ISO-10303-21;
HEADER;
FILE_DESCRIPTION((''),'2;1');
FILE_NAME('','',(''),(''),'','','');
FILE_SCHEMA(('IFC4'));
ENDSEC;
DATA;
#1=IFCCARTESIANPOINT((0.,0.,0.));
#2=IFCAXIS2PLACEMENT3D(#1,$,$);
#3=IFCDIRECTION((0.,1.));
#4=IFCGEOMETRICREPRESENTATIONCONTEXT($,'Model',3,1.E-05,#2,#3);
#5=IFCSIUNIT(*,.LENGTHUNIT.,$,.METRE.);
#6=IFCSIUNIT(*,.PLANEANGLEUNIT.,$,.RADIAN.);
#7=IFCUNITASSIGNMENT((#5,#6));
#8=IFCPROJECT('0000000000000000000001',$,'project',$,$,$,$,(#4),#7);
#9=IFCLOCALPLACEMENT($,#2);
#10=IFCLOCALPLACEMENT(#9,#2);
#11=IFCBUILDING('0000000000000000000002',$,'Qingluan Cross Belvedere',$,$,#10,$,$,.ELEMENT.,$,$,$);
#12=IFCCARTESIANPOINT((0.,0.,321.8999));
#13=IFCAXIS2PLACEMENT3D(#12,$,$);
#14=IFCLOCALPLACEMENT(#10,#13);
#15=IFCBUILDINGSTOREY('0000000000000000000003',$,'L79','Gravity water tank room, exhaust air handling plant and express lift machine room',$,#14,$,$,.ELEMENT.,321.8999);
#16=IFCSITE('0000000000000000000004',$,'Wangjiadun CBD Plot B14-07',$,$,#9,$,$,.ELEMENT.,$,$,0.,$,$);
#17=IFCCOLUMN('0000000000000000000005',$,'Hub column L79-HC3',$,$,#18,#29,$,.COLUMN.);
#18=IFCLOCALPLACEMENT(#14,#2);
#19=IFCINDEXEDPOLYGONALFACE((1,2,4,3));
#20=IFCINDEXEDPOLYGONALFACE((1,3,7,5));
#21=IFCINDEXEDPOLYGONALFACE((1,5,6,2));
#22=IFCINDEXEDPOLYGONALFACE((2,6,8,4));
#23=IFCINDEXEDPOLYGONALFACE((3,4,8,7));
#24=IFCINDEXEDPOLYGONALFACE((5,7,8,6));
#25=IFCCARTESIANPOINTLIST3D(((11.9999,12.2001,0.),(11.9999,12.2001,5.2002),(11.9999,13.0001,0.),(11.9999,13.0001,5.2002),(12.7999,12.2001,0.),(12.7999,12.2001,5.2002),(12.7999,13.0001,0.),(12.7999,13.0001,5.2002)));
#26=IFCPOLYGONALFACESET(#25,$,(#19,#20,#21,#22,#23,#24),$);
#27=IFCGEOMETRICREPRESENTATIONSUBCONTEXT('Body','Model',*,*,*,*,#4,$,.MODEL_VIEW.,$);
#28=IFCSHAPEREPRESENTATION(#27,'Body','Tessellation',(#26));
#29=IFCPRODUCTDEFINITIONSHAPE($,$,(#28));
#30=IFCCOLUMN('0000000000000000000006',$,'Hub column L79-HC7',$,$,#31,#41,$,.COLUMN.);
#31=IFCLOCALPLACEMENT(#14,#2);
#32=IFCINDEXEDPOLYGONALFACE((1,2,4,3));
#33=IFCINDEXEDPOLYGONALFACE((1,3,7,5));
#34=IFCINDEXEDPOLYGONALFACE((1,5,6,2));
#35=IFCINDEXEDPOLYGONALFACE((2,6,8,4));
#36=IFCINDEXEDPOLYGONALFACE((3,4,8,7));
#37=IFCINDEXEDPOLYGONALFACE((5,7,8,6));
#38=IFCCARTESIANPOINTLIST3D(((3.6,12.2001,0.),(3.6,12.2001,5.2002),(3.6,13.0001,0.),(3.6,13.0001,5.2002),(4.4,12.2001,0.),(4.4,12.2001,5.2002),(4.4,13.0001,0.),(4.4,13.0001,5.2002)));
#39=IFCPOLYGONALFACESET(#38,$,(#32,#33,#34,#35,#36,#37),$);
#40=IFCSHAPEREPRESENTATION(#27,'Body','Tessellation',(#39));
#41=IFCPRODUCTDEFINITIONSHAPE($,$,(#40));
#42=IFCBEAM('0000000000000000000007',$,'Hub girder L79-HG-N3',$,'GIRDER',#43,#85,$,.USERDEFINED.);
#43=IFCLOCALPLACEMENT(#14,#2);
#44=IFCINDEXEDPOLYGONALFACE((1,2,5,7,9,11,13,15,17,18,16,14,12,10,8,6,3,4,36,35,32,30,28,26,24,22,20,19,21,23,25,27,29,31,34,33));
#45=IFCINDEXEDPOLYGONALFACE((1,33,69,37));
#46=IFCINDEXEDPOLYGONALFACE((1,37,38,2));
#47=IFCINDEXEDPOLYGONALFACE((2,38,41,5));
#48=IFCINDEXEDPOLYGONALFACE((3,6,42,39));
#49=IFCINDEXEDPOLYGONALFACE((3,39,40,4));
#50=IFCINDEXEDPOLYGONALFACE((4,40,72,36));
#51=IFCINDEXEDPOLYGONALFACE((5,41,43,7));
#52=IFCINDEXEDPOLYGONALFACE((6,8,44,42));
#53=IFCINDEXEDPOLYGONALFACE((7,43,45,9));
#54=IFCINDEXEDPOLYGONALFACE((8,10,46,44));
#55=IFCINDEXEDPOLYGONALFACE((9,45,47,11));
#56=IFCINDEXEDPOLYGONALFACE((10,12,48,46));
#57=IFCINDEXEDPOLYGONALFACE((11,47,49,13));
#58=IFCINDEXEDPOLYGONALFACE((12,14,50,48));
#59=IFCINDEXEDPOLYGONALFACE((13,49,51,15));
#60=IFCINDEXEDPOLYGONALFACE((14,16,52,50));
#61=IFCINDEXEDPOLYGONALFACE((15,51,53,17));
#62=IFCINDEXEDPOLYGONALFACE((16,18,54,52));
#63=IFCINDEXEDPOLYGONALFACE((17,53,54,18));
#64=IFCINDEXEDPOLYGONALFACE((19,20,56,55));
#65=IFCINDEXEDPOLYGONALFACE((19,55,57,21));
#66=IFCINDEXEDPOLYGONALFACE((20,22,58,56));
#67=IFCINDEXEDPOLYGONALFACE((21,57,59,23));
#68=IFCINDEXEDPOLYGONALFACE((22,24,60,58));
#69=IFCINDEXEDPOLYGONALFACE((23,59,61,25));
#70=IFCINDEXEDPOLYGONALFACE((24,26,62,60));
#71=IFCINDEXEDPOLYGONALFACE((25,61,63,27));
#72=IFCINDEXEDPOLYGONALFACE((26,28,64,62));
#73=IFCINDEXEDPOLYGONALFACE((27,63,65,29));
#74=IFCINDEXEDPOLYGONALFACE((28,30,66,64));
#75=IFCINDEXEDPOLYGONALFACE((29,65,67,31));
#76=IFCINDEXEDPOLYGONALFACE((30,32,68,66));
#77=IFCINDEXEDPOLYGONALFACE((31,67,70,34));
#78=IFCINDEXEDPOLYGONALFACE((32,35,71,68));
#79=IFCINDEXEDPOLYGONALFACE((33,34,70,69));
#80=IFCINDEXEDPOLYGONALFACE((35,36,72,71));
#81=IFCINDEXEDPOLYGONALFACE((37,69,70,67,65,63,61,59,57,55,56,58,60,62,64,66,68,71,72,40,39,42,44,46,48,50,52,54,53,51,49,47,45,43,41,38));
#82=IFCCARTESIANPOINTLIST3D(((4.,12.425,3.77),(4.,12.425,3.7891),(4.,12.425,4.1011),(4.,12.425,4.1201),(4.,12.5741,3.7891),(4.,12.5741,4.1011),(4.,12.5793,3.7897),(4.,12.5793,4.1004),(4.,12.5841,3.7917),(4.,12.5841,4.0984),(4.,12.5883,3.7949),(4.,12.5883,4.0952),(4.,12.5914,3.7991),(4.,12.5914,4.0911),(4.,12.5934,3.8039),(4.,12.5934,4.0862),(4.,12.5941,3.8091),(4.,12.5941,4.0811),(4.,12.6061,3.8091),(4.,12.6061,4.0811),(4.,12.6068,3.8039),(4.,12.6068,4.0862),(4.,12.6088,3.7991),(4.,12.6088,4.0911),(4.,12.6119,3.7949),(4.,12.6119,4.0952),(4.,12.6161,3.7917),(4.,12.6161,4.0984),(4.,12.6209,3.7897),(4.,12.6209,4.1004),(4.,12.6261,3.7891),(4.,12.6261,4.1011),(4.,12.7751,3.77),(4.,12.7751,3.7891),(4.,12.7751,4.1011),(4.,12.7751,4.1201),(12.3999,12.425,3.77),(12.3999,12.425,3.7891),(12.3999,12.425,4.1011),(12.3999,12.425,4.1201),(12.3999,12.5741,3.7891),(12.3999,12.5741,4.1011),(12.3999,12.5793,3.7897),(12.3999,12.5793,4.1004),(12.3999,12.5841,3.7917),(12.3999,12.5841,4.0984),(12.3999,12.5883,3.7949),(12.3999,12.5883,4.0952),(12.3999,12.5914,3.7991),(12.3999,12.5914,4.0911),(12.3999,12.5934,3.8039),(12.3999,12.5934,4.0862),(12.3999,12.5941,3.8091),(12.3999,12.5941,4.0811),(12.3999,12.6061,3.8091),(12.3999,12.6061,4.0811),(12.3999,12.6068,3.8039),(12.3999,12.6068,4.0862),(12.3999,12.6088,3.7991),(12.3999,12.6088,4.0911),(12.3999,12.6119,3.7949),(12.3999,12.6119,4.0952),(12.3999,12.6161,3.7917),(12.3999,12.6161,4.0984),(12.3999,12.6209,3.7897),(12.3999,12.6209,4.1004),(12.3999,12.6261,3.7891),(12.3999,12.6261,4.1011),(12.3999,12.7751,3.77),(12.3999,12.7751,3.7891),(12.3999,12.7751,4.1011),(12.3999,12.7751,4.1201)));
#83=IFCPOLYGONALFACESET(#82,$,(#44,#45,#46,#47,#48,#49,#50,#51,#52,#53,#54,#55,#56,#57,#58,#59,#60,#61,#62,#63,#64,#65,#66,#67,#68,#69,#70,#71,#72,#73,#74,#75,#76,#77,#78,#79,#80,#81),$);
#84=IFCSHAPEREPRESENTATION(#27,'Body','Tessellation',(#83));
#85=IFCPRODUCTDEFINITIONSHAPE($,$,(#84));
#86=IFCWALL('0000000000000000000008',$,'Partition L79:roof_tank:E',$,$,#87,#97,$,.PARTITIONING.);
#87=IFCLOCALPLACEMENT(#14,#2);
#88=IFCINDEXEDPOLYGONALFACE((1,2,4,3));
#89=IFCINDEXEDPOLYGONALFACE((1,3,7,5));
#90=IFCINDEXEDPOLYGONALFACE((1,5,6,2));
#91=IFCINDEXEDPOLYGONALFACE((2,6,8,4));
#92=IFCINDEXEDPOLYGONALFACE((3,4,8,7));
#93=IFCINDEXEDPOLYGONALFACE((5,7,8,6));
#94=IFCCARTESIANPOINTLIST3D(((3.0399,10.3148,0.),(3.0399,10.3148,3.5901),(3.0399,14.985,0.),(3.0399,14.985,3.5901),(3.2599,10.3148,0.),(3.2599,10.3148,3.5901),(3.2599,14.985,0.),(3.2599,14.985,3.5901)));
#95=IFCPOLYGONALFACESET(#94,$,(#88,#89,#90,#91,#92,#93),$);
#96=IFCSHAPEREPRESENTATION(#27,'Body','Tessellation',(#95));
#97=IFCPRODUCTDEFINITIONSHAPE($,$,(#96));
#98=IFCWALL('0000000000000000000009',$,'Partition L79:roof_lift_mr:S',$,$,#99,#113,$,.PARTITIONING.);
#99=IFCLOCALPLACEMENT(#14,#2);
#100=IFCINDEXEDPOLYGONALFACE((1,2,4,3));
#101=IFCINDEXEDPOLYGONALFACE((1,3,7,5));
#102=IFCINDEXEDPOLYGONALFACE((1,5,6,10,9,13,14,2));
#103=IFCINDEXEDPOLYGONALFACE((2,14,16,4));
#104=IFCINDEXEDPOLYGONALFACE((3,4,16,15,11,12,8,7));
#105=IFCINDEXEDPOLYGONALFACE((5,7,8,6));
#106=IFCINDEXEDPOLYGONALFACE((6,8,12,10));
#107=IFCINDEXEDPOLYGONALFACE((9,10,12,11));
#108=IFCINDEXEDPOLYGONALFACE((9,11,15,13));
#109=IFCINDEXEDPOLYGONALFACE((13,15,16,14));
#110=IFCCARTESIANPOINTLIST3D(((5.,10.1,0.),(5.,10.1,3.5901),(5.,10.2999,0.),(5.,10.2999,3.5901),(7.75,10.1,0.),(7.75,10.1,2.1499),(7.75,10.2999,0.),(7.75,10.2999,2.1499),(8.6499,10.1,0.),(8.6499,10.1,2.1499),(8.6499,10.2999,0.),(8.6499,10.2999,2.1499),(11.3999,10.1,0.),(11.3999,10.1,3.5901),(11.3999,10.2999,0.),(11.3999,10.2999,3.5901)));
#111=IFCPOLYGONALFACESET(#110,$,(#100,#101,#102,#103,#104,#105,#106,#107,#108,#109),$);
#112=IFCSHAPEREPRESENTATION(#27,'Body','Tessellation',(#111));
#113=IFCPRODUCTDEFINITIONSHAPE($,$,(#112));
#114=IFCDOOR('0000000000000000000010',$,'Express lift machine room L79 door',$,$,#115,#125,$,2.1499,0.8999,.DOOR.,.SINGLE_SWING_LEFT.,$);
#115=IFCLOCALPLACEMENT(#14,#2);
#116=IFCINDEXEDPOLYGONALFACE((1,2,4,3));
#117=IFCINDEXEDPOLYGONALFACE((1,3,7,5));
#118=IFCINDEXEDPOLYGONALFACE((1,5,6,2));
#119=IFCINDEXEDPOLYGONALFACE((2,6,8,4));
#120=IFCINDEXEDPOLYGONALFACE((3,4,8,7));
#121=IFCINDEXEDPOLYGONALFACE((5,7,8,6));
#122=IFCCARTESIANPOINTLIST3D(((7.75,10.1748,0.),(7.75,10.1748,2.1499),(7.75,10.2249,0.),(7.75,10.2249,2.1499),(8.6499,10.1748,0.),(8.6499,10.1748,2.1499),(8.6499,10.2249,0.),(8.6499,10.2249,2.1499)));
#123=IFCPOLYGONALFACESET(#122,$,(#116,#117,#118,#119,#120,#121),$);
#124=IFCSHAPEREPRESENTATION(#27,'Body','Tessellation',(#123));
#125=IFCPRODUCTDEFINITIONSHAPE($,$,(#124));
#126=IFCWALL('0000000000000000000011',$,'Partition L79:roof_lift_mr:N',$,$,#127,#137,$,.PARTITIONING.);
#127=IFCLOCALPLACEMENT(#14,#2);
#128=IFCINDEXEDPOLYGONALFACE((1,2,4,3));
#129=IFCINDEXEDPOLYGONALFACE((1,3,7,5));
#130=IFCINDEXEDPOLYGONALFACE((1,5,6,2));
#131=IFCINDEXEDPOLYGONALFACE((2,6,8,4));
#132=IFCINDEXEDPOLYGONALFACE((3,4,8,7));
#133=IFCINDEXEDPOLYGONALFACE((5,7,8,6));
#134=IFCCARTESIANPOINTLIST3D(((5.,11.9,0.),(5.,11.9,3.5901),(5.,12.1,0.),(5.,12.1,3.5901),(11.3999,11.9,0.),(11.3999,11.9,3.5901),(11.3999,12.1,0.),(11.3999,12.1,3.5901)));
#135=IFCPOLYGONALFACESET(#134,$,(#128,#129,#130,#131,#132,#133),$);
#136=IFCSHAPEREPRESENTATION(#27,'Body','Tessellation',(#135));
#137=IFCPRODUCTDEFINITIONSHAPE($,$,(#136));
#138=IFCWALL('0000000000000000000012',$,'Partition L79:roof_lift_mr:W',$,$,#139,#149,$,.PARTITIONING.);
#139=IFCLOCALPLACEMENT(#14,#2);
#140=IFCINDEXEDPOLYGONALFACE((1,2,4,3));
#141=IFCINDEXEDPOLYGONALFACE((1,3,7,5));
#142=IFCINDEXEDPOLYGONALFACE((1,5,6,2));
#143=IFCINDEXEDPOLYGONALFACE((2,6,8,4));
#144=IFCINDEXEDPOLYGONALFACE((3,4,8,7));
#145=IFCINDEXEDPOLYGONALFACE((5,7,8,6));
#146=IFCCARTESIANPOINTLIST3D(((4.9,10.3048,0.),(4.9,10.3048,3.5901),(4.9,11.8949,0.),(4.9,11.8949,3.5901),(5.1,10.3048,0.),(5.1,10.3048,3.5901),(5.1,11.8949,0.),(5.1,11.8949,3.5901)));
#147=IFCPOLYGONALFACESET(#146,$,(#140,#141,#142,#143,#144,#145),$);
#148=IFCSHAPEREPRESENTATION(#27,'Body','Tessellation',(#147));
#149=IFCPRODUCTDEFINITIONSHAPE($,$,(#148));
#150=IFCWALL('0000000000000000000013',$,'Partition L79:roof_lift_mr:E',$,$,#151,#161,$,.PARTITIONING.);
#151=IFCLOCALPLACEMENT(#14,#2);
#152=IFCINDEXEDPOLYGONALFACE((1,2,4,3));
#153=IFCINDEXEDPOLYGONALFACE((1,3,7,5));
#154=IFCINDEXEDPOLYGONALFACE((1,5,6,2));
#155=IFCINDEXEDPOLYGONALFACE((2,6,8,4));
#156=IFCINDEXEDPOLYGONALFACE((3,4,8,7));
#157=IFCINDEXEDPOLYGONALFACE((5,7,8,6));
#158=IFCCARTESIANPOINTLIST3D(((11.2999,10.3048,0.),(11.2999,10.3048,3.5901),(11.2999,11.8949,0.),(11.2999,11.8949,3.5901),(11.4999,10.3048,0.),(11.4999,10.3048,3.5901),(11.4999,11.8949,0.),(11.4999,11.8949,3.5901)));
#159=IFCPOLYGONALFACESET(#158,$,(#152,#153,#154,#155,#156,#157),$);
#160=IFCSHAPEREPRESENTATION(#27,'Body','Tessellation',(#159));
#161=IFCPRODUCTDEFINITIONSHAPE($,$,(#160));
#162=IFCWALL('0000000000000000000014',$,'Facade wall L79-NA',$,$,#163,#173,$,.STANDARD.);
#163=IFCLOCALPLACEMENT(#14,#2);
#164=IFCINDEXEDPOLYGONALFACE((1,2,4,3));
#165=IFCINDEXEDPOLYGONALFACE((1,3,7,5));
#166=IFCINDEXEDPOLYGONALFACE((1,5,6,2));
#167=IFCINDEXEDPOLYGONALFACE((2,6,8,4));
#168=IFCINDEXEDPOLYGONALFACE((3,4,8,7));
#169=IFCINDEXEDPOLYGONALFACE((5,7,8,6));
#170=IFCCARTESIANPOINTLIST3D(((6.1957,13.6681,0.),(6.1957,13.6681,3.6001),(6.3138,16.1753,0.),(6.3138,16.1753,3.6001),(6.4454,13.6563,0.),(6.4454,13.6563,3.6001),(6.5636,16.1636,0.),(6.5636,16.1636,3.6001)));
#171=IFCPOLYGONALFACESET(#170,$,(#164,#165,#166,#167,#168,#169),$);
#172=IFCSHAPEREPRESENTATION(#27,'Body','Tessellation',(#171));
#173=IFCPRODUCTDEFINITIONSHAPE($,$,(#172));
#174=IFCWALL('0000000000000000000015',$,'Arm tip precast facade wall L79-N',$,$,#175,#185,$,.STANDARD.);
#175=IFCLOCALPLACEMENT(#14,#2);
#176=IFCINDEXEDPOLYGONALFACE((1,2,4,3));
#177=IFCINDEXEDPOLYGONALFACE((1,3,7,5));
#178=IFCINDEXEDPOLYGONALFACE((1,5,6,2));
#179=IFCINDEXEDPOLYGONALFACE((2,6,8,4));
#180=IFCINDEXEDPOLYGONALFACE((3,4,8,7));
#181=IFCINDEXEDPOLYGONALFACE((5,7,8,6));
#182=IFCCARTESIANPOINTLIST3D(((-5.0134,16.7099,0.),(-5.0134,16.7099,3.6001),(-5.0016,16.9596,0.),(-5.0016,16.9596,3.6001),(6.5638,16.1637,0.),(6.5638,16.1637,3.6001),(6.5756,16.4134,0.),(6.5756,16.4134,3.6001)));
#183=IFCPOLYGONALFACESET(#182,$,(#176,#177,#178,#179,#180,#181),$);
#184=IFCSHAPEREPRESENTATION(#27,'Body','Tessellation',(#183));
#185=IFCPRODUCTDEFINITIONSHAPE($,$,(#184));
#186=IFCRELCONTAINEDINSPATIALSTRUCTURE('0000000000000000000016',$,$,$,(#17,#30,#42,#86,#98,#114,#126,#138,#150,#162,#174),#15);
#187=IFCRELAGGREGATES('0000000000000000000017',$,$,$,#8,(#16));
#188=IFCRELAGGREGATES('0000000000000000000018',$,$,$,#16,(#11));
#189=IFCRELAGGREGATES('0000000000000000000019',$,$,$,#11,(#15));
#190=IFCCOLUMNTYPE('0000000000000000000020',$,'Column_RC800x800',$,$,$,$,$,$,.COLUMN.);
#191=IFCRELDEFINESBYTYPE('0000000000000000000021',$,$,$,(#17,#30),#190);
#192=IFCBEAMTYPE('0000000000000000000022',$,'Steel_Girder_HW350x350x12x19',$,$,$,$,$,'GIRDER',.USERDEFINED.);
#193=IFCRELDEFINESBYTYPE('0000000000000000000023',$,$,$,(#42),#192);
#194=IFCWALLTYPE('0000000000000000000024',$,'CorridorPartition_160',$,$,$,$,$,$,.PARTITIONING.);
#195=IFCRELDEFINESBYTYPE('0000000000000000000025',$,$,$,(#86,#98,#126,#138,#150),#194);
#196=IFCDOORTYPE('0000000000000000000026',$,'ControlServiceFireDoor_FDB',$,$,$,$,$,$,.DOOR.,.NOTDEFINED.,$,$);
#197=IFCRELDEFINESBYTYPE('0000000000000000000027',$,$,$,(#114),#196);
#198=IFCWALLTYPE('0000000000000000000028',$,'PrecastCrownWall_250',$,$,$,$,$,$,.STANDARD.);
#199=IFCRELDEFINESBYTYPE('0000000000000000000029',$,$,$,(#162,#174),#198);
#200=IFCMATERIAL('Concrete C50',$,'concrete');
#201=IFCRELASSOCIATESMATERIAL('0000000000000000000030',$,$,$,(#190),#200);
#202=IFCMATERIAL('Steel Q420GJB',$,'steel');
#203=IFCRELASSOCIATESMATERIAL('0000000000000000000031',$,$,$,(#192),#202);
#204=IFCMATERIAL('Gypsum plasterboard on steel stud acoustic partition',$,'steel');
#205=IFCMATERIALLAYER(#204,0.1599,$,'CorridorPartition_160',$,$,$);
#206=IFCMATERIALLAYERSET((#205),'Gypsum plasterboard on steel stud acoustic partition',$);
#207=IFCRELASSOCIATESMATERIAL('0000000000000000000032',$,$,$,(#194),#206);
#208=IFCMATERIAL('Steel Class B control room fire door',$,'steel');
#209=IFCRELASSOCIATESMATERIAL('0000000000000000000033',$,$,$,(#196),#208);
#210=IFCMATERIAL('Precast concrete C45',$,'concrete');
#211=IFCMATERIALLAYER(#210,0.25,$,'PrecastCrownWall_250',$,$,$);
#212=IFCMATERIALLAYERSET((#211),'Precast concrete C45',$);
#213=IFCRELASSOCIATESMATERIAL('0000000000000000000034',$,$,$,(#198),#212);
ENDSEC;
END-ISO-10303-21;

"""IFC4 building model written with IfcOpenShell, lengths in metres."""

from ifc_helpers import new_model, si_unit, direction, frame, frame_2d, origin, origin_2d, place, context, subcontext, project, spatial, rectangle, i_section, extrude, material, layer, layer_set, material_profile, profile_set, type_object, element, fill, save


model = new_model("IFC4")

# Units and contexts
model_context = context("Model", 3, precision=1e-05, world=origin(), true_north=direction((0.0, 1.0)))
body_context = subcontext(model_context, "Body", "Model", "MODEL_VIEW")
ifc_project = project(units=[si_unit("LENGTHUNIT", "METRE"), si_unit("PLANEANGLEUNIT", "RADIAN")], contexts=[model_context])

# Site, building, storey
site_placement = place(None, origin())
site = spatial("IfcSite", under=ifc_project, at=site_placement, Name="Wangjiadun CBD Plot B14-07", CompositionType="ELEMENT", RefElevation=0.0)
building_placement = place(site_placement, origin())
building = spatial("IfcBuilding", under=site, at=building_placement, Name="Qingluan Cross Belvedere", CompositionType="ELEMENT")
storey_placement = place(building_placement, frame((0.0, 0.0, 321.8999)))
storey = spatial("IfcBuildingStorey", under=building, at=storey_placement, Name="L79", Description="Gravity water tank room, exhaust air handling plant and express lift machine room", CompositionType="ELEMENT", Elevation=321.8999)

# Columns
ifc_material_1 = material(Name="Concrete C50", Category="concrete")
ifc_material_profile_1 = material_profile(ifc_material_1, rectangle(XDim=0.8, YDim=0.8, at=origin_2d()), Name="RC800x800")
ifc_profile_set_1 = profile_set([ifc_material_profile_1], Name="Concrete C50")
column_type = type_object("IfcColumnType", Name="Column_RC800x800", PredefinedType="COLUMN", material=ifc_profile_set_1)
for number, where, z_axis, x_axis, name in (
    (1, (12.3999, 12.6001, 0.0), (0.0, 0.0, 1.0), (1.0, 0.0, 0.0), "Hub column L79-HC3"),
    (2, (4.0, 12.6001, 0.0), (0.0, 0.0, 1.0), (1.0, 0.0, 0.0), "Hub column L79-HC7"),
):
    element("IfcColumn", number, at=place(storey_placement, frame(where, z_axis=z_axis, x_axis=x_axis)), inside=storey, type_object=column_type, Name=name, PredefinedType="COLUMN", context=body_context, shape_type="SweptSolid", body=[
        extrude(rectangle(XDim=0.8, YDim=0.8, at=origin_2d()), origin(), (0.0, 0.0, 1.0), 5.2002),
    ])

# Beam
ifc_material_2 = material(Name="Steel Q420GJB", Category="steel")
ifc_material_profile_2 = material_profile(ifc_material_2, i_section(OverallWidth=0.3501, OverallDepth=0.3501, WebThickness=0.012, FlangeThickness=0.019, FilletRadius=0.02, at=origin_2d()), Name="HW350x350x12x19")
ifc_profile_set_2 = profile_set([ifc_material_profile_2], Name="Steel Q420GJB")
beam_type = type_object("IfcBeamType", Name="Steel_Girder_HW350x350x12x19", ElementType="GIRDER", PredefinedType="USERDEFINED", material=ifc_profile_set_2)
beam_placement = place(storey_placement, frame((4.0, 12.6001, 3.9451), z_axis=(1.0, 0.0, 0.0), x_axis=(0.0, 1.0, 0.0)))
element("IfcBeam", 3, at=beam_placement, inside=storey, type_object=beam_type, Name="Hub girder L79-HG-N3", ObjectType="GIRDER", PredefinedType="USERDEFINED", context=body_context, shape_type="SweptSolid", body=[
    extrude(i_section(OverallWidth=0.3501, OverallDepth=0.3501, WebThickness=0.012, FlangeThickness=0.019, FilletRadius=0.02, at=origin_2d()), origin(), (0.0, 0.0, 1.0), 8.3999),
])

# Wall
ifc_material_3 = material(Name="Gypsum plasterboard on steel stud acoustic partition", Category="steel")
ifc_layer_1 = layer(ifc_material_3, 0.1599, Name="CorridorPartition_160")
ifc_layer_set_1 = layer_set([ifc_layer_1], Name="Gypsum plasterboard on steel stud acoustic partition")
wall_type_1 = type_object("IfcWallType", Name="CorridorPartition_160", PredefinedType="PARTITIONING", material=ifc_layer_set_1)
wall_1_placement = place(storey_placement, frame((3.1499, 10.3149, 0.0), z_axis=(0.0, 0.0, 1.0), x_axis=(0.0, 1.0, 0.0)))
element("IfcWall", 4, at=wall_1_placement, inside=storey, type_object=wall_type_1, Name="Partition L79:roof_tank:E", PredefinedType="PARTITIONING", context=body_context, shape_type="SweptSolid", body=[
    extrude(rectangle(XDim=4.6702, YDim=0.22, at=frame_2d((2.335, 0.0))), origin(), (0.0, 0.0, 1.0), 3.5901),
])

# Wall, opening, door
wall_2_placement = place(storey_placement, frame((5.0, 10.2, 0.0), z_axis=(0.0, 0.0, 1.0), x_axis=(1.0, 0.0, 0.0)))
wall_2 = element("IfcWall", 5, at=wall_2_placement, inside=storey, type_object=wall_type_1, Name="Partition L79:roof_lift_mr:S", PredefinedType="PARTITIONING", context=body_context, shape_type="SweptSolid", body=[
    extrude(rectangle(XDim=6.3999, YDim=0.2, at=frame_2d((3.2, 0.0))), origin(), (0.0, 0.0, 1.0), 3.5901),
])
opening_placement = place(wall_2_placement, frame((2.75, 0.0, 0.0)))
opening = element("IfcOpeningElement", 6, at=opening_placement, cuts=wall_2, PredefinedType="OPENING", context=body_context, shape_type="SweptSolid", body=[
    extrude(rectangle(XDim=0.8999, YDim=2.1499, at=frame_2d((0.45, 1.075))), frame((0.0, 0.1099, 0.0), z_axis=(0.0, -1.0, 0.0), x_axis=(1.0, 0.0, 0.0)), (0.0, 0.0, 1.0), 0.22),
])
ifc_material_4 = material(Name="Steel Class B control room fire door", Category="steel")
door_type = type_object("IfcDoorType", Name="ControlServiceFireDoor_FDB", OperationType="NOTDEFINED", PredefinedType="DOOR", material=ifc_material_4)
door_placement = place(opening_placement, origin())
door = element("IfcDoor", 7, at=door_placement, inside=storey, type_object=door_type, Name="Express lift machine room L79 door", OperationType="SINGLE_SWING_LEFT", OverallHeight=2.1499, OverallWidth=0.8999, PredefinedType="DOOR", context=body_context, shape_type="SweptSolid", body=[
    extrude(rectangle(XDim=0.8999, YDim=2.1499, at=frame_2d((0.45, 1.075))), frame((0.0, 0.0249, 0.0), z_axis=(0.0, -1.0, 0.0), x_axis=(1.0, 0.0, 0.0)), (0.0, 0.0, 1.0), 0.05),
])
fill(opening, door)

# Walls
wall_3_placement = place(storey_placement, frame((5.0, 12.0, 0.0), z_axis=(0.0, 0.0, 1.0), x_axis=(1.0, 0.0, 0.0)))
element("IfcWall", 8, at=wall_3_placement, inside=storey, type_object=wall_type_1, Name="Partition L79:roof_lift_mr:N", PredefinedType="PARTITIONING", context=body_context, shape_type="SweptSolid", body=[
    extrude(rectangle(XDim=6.3999, YDim=0.2, at=frame_2d((3.2, 0.0))), origin(), (0.0, 0.0, 1.0), 3.5901),
])
for number, where, z_axis, x_axis, name in (
    (9, (5.0, 10.3049, 0.0), (0.0, 0.0, 1.0), (0.0, 1.0, 0.0), "Partition L79:roof_lift_mr:W"),
    (10, (11.3999, 10.3049, 0.0), (0.0, 0.0, 1.0), (0.0, 1.0, 0.0), "Partition L79:roof_lift_mr:E"),
):
    element("IfcWall", number, at=place(storey_placement, frame(where, z_axis=z_axis, x_axis=x_axis)), inside=storey, type_object=wall_type_1, Name=name, PredefinedType="PARTITIONING", context=body_context, shape_type="SweptSolid", body=[
        extrude(rectangle(XDim=1.5901, YDim=0.2, at=frame_2d((0.7949, 0.0))), origin(), (0.0, 0.0, 1.0), 3.5901),
    ])
ifc_material_5 = material(Name="Precast concrete C45", Category="concrete")
ifc_layer_2 = layer(ifc_material_5, 0.25, Name="PrecastCrownWall_250")
ifc_layer_set_2 = layer_set([ifc_layer_2], Name="Precast concrete C45")
wall_type_2 = type_object("IfcWallType", Name="PrecastCrownWall_250", PredefinedType="STANDARD", material=ifc_layer_set_2)
wall_4_placement = place(storey_placement, frame((6.3206, 13.6624, 0.0), z_axis=(0.0, 0.0, 1.0), x_axis=(0.047075, 0.998891, 0.0)))
element("IfcWall", 11, at=wall_4_placement, inside=storey, type_object=wall_type_2, Name="Facade wall L79-NA", PredefinedType="STANDARD", context=body_context, shape_type="SweptSolid", body=[
    extrude(rectangle(XDim=2.51, YDim=0.25, at=frame_2d((1.2549, 0.0))), origin(), (0.0, 0.0, 1.0), 3.6001),
])
wall_5_placement = place(storey_placement, frame((6.5696, 16.2886, 0.0), z_axis=(0.0, 0.0, 1.0), x_axis=(-0.998889, 0.047122, 0.0)))
element("IfcWall", 12, at=wall_5_placement, inside=storey, type_object=wall_type_2, Name="Arm tip precast facade wall L79-N", PredefinedType="STANDARD", context=body_context, shape_type="SweptSolid", body=[
    extrude(rectangle(XDim=11.5901, YDim=0.25, at=frame_2d((5.7949, 0.0))), origin(), (0.0, 0.0, 1.0), 3.6001),
])

save(model, "model.ifc")
